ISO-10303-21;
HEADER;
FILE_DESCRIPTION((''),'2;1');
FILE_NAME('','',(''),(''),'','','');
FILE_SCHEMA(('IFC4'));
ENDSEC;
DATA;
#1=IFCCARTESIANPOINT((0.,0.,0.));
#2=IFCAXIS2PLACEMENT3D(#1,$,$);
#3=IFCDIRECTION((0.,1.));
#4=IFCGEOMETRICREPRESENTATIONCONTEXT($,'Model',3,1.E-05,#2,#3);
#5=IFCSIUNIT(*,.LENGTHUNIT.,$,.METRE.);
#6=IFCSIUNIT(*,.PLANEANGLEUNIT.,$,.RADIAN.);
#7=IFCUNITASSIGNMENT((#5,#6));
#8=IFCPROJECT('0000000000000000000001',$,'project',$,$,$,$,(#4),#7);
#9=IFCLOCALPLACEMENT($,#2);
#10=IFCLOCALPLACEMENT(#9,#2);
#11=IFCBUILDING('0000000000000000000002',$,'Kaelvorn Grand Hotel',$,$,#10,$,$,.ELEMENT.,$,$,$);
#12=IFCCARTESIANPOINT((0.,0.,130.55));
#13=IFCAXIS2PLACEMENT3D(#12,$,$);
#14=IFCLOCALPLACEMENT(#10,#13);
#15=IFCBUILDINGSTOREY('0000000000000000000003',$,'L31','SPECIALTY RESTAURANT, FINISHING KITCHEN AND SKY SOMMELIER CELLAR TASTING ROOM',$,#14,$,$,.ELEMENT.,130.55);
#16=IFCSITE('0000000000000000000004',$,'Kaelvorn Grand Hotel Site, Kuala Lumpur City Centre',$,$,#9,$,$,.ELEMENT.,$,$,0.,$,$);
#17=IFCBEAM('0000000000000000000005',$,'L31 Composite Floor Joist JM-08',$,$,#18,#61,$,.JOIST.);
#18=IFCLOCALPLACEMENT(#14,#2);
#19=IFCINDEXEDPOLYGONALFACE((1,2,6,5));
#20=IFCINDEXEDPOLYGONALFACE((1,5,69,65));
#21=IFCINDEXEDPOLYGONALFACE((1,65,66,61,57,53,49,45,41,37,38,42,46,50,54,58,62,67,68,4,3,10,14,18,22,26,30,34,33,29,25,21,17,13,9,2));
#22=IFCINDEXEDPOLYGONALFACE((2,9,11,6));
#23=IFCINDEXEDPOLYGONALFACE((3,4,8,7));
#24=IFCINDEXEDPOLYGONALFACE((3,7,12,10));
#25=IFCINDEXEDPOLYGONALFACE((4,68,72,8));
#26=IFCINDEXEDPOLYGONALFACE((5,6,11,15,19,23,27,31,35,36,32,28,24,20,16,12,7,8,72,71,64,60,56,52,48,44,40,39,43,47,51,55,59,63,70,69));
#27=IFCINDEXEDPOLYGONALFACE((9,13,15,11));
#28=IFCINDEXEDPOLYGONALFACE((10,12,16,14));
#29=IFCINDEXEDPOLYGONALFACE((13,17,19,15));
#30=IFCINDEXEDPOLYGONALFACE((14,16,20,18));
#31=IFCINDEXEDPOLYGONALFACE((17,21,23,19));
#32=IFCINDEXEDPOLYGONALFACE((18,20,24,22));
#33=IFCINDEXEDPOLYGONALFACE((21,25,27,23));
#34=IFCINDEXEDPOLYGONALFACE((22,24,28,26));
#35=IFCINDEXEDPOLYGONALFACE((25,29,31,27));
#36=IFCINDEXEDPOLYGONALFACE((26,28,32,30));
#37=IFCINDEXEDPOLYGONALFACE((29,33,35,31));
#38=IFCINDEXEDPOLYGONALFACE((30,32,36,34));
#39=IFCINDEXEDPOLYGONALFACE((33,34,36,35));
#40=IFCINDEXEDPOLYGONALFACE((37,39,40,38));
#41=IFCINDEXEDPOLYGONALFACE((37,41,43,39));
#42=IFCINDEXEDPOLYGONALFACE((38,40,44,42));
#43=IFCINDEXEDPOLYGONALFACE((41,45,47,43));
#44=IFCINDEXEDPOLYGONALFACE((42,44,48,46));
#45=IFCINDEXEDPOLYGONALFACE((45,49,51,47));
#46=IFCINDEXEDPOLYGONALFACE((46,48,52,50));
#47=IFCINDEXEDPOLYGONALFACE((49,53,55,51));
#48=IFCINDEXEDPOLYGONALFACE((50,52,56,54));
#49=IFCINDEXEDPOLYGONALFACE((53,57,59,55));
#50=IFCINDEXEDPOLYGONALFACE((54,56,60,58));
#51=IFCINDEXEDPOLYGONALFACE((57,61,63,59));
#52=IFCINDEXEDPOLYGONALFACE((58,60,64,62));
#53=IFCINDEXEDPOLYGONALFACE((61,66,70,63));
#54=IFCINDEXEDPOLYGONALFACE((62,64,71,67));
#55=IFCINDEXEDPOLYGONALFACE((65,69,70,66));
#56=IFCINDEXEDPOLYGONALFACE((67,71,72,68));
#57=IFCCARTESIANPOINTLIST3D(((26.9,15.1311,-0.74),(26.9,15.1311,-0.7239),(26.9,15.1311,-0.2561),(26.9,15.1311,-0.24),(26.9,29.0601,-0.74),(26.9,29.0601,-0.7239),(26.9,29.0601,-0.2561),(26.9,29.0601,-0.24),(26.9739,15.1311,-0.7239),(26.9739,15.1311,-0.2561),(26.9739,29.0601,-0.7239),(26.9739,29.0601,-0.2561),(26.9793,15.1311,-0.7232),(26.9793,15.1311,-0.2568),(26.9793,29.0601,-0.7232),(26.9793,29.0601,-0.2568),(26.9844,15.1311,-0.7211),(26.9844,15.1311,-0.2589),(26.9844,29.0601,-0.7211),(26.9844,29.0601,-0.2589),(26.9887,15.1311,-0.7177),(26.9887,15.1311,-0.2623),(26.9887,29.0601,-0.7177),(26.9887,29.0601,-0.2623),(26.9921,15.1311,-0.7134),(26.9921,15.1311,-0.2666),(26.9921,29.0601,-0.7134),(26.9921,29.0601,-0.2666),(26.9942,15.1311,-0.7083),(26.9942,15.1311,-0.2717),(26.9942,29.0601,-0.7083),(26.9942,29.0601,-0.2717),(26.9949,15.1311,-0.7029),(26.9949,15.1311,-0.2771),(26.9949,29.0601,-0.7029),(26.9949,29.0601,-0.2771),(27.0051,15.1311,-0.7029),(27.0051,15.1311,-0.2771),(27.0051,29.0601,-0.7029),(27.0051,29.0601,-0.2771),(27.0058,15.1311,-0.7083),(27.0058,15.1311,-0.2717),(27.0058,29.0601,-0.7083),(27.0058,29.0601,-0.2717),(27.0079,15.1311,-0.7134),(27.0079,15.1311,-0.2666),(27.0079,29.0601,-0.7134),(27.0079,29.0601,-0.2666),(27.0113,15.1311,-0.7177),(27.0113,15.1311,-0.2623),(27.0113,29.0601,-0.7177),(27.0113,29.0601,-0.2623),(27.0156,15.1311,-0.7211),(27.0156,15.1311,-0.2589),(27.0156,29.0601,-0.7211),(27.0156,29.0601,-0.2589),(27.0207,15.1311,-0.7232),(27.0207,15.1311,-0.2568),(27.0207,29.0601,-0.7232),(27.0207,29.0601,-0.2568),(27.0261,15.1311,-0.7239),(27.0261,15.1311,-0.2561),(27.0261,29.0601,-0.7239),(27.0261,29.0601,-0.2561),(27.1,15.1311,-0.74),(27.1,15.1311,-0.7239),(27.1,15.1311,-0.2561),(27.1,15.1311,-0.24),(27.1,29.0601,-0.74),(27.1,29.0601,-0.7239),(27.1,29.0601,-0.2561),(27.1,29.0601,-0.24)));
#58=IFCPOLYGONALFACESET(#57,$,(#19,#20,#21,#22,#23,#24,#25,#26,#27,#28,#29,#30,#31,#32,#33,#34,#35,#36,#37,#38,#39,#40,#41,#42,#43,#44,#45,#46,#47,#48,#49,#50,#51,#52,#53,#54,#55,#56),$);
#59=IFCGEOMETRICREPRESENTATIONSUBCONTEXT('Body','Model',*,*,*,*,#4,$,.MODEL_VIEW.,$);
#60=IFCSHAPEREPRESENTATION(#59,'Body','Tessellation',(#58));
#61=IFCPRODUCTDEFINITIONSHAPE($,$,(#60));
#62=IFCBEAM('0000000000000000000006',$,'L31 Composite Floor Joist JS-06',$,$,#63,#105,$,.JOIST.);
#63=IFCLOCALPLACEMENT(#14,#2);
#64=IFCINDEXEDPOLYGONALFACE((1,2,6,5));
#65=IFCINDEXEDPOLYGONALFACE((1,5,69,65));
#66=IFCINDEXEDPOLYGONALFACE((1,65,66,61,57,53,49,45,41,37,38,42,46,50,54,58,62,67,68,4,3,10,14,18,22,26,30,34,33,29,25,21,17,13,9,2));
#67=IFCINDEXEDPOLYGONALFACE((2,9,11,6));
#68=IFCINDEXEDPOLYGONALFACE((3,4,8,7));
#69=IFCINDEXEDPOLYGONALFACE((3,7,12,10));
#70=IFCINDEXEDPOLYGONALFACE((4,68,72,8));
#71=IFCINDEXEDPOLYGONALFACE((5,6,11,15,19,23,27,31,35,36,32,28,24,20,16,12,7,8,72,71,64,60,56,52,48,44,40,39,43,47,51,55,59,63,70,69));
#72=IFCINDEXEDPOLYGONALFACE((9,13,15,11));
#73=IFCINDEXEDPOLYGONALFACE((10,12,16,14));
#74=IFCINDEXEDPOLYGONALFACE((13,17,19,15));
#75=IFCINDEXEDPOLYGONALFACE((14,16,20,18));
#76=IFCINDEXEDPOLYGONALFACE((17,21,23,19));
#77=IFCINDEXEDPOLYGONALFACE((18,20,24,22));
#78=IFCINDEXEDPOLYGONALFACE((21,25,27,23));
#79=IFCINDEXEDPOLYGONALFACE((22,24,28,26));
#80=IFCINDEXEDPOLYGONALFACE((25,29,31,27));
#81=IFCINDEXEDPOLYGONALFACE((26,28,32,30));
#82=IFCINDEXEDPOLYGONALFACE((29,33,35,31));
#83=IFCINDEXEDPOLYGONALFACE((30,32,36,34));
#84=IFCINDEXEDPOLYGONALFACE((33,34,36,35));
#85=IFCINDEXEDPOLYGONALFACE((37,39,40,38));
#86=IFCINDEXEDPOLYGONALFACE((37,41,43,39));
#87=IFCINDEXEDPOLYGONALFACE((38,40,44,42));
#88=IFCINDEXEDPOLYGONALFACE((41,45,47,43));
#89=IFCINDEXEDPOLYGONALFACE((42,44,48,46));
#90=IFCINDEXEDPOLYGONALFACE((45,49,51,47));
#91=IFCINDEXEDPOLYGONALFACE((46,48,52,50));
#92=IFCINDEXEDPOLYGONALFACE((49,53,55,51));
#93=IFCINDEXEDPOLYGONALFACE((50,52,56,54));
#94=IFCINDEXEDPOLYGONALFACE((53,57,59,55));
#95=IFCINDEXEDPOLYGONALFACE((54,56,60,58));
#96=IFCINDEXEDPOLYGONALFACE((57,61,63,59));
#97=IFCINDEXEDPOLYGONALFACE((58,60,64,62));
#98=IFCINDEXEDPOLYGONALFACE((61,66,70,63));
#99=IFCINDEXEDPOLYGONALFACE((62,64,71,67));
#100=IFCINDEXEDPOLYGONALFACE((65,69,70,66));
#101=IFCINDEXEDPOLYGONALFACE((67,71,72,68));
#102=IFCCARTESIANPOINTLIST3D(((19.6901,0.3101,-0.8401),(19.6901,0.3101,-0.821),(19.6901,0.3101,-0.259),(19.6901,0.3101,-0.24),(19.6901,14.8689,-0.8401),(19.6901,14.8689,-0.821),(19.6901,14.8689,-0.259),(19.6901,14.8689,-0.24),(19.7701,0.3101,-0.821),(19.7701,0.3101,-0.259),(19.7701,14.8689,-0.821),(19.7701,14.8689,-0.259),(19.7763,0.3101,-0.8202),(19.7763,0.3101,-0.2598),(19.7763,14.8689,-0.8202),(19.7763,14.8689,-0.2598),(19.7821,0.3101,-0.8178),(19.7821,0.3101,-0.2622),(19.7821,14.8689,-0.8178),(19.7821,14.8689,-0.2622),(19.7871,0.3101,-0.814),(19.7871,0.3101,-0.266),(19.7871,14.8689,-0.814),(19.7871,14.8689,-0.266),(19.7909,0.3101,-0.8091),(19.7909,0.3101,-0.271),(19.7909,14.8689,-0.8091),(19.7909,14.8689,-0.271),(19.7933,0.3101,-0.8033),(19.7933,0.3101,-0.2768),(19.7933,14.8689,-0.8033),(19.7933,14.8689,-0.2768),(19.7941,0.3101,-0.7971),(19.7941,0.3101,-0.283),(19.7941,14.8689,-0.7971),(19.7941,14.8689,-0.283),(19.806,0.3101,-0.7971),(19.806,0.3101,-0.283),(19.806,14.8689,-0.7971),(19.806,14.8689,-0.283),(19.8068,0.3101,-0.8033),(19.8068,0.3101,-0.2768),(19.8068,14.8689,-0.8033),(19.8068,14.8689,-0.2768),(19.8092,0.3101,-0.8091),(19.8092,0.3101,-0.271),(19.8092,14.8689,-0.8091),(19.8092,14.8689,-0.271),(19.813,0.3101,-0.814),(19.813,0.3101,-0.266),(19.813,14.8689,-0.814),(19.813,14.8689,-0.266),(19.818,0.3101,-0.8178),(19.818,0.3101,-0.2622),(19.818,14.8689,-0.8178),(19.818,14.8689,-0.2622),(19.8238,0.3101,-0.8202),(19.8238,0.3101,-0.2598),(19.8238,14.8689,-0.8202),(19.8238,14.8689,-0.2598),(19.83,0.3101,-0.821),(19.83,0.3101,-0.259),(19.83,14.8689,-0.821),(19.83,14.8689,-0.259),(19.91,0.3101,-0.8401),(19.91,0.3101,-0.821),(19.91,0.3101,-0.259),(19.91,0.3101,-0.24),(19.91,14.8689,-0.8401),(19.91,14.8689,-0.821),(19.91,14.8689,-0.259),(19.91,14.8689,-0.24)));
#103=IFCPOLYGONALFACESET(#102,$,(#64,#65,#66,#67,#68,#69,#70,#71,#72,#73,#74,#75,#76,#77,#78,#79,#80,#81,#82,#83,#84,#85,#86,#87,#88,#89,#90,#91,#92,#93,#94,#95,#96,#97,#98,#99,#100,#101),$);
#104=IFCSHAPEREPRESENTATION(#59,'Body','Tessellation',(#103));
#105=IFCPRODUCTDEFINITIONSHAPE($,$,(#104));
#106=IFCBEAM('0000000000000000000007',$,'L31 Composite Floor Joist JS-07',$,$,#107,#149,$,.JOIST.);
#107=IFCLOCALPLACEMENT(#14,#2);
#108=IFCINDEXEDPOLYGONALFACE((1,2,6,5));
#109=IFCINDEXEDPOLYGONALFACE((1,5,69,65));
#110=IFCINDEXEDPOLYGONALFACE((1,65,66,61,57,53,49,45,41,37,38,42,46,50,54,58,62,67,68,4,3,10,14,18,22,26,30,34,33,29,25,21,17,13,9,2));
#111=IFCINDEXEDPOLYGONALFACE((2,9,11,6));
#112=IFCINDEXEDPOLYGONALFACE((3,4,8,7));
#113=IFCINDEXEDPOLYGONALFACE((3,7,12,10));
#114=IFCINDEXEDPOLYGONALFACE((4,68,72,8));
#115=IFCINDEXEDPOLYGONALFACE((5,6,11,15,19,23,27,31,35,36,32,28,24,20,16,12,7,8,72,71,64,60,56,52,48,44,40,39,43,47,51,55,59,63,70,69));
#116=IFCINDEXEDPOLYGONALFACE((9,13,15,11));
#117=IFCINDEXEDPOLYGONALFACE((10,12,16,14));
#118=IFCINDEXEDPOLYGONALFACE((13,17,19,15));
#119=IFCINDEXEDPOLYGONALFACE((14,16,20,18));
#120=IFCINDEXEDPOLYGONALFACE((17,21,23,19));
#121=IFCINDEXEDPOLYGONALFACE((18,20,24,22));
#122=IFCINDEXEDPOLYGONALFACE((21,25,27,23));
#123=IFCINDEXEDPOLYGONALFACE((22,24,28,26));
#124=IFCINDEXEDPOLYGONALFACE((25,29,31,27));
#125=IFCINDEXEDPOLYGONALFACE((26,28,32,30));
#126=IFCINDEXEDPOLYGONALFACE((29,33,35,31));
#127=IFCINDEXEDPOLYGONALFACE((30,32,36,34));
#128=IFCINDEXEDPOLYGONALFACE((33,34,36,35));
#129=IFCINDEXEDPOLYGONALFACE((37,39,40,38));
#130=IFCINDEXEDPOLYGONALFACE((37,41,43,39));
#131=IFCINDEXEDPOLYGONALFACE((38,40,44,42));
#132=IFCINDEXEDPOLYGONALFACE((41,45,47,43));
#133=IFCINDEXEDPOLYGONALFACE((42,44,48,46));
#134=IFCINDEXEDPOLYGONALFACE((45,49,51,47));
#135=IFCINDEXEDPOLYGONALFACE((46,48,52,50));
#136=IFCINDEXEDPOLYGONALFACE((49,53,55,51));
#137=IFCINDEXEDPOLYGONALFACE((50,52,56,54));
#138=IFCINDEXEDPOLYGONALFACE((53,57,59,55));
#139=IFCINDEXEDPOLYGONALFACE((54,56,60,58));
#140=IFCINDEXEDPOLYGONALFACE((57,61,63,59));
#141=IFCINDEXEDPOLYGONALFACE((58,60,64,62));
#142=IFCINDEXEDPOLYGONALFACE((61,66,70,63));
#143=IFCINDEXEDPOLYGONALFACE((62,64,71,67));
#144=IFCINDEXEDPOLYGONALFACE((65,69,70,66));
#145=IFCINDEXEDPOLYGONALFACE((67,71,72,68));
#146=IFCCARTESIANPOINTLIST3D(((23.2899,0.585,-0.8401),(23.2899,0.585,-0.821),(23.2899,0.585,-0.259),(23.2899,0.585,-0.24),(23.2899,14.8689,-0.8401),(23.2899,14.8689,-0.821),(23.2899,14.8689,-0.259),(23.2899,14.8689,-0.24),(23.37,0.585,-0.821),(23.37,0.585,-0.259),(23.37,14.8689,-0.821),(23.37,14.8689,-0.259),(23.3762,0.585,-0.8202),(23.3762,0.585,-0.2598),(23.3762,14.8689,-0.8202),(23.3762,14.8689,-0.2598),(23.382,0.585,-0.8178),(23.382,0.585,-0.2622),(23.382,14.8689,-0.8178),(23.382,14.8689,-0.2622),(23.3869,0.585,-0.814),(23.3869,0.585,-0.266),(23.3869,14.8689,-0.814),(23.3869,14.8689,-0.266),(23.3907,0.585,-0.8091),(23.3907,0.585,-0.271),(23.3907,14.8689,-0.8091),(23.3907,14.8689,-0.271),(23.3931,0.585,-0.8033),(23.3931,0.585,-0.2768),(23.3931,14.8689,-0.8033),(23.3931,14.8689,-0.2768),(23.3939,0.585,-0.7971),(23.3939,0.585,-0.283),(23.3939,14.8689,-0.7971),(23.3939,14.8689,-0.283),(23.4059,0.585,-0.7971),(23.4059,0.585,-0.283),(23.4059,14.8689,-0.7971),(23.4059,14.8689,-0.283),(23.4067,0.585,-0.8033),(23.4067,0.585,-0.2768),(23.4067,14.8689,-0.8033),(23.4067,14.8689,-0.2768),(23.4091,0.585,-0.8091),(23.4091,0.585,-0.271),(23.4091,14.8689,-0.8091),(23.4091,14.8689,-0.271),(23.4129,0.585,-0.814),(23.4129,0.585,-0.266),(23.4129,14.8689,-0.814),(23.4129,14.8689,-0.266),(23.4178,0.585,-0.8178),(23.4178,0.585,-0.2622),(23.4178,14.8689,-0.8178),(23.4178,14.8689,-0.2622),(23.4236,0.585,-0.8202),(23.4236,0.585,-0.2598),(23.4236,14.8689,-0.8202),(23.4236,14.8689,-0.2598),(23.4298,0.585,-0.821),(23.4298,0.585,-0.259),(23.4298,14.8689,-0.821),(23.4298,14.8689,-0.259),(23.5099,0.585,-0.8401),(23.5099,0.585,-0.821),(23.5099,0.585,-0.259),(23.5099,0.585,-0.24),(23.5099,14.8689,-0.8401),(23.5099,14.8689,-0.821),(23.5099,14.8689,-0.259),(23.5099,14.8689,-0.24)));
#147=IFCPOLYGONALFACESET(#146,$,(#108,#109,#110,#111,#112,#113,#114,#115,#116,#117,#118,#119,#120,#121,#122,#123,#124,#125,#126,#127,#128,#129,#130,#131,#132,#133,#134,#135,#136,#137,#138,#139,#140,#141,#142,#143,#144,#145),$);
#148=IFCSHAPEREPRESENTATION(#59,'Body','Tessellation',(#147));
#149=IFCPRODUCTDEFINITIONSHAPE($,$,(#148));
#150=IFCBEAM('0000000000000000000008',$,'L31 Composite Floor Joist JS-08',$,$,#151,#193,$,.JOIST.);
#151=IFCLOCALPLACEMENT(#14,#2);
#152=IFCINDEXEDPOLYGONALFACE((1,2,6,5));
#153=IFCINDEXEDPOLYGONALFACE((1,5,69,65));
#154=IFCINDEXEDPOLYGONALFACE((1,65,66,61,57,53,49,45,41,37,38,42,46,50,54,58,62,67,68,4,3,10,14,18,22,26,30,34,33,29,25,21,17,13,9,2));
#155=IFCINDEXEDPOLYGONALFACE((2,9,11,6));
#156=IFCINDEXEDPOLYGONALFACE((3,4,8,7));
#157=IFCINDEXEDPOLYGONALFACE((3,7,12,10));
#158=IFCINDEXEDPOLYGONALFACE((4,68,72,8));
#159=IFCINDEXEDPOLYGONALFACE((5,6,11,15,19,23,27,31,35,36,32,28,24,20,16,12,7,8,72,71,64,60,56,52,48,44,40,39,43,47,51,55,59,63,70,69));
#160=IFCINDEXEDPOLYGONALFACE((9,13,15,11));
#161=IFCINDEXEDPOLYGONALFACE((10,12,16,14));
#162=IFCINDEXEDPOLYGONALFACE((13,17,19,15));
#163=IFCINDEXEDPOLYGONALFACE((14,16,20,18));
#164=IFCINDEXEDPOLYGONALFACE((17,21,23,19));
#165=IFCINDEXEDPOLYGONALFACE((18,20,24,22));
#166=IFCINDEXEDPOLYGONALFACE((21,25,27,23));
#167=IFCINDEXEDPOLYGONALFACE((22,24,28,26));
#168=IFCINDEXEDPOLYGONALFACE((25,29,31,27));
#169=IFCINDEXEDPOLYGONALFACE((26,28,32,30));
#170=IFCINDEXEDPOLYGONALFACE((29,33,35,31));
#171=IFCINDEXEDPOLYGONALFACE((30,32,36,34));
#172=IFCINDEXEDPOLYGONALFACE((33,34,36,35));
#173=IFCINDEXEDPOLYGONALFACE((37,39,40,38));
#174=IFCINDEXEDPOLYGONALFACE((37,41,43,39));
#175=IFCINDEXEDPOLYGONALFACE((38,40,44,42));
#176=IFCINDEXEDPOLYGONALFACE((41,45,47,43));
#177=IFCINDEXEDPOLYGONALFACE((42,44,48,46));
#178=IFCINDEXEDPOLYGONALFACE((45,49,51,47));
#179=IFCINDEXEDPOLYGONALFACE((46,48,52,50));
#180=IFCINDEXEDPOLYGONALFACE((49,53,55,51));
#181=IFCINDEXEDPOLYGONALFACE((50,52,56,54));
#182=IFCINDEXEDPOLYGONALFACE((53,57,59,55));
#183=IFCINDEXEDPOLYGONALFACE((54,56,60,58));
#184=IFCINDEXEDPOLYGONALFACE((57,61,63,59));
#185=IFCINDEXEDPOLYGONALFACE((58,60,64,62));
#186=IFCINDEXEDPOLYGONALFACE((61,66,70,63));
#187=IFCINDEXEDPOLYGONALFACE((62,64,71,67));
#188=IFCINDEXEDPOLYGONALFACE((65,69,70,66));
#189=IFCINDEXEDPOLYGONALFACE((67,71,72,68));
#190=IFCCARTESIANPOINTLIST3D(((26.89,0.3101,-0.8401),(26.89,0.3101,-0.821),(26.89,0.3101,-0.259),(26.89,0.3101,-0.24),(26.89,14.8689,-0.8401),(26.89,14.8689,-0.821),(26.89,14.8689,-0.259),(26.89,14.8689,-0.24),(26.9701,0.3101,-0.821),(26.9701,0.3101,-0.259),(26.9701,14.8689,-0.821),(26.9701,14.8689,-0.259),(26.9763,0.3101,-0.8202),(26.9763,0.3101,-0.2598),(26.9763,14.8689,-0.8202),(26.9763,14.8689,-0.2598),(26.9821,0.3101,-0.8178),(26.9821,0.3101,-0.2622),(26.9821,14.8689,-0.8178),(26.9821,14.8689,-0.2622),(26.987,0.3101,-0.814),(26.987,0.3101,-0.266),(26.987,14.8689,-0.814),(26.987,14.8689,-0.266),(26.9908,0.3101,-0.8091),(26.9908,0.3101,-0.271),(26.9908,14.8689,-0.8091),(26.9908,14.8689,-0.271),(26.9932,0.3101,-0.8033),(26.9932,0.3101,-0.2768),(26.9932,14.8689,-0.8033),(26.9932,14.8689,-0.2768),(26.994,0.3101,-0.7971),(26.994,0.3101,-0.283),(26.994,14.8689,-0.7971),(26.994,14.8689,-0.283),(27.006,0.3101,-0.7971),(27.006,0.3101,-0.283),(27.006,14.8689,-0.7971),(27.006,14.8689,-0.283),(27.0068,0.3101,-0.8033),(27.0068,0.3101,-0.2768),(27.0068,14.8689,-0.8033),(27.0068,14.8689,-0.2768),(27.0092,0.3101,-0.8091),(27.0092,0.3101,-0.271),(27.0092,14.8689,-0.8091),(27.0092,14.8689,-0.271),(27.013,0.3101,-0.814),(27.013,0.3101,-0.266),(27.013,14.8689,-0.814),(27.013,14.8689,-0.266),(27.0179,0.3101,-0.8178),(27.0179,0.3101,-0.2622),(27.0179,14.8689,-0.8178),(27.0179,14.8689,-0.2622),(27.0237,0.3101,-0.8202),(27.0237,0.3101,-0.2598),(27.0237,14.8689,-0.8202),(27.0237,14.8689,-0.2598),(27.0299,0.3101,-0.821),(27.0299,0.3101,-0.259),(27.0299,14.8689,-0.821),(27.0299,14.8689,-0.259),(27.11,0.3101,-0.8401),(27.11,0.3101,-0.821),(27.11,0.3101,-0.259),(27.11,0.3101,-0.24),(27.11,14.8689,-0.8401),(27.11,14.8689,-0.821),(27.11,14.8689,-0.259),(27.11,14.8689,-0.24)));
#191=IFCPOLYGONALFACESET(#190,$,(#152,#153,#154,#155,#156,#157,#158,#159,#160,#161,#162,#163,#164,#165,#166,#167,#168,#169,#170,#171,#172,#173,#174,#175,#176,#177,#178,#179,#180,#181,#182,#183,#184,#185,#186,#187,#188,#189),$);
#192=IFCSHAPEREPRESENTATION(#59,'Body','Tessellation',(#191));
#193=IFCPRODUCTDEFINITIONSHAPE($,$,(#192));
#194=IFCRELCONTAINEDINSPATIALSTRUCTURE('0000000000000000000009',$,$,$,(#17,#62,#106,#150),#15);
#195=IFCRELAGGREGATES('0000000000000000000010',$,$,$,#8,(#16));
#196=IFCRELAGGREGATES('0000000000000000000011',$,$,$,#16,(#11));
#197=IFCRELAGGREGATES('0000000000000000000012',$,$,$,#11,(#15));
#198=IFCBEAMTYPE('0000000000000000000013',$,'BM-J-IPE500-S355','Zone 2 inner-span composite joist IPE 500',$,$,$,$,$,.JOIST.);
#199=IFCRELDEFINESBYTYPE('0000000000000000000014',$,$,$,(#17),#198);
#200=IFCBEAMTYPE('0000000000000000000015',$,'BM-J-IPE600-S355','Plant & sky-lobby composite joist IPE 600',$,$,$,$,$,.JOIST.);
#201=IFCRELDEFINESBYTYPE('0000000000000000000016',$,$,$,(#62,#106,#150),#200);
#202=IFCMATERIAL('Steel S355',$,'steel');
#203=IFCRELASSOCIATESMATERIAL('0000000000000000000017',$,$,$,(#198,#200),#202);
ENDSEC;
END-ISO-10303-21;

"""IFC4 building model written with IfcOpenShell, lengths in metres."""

from ifc_helpers import new_model, si_unit, direction, frame, origin, origin_2d, place, context, subcontext, project, spatial, i_section, extrude, material, material_profile, profile_set, type_object, element, save


model = new_model("IFC4")

# Units and contexts
model_context = context("Model", 3, precision=1e-05, world=origin(), true_north=direction((0.0, 1.0)))
body_context = subcontext(model_context, "Body", "Model", "MODEL_VIEW")
ifc_project = project(units=[si_unit("LENGTHUNIT", "METRE"), si_unit("PLANEANGLEUNIT", "RADIAN")], contexts=[model_context])

# Site, building, storey
site_placement = place(None, origin())
site = spatial("IfcSite", under=ifc_project, at=site_placement, Name="Kaelvorn Grand Hotel Site, Kuala Lumpur City Centre", CompositionType="ELEMENT", RefElevation=0.0)
building_placement = place(site_placement, origin())
building = spatial("IfcBuilding", under=site, at=building_placement, Name="Kaelvorn Grand Hotel", CompositionType="ELEMENT")
storey_placement = place(building_placement, frame((0.0, 0.0, 130.55)))
storey = spatial("IfcBuildingStorey", under=building, at=storey_placement, Name="L31", Description="SPECIALTY RESTAURANT, FINISHING KITCHEN AND SKY SOMMELIER CELLAR TASTING ROOM", CompositionType="ELEMENT", Elevation=130.55)

# Beams
ifc_material_1 = material(Name="Steel S355", Category="steel")
ifc_material_profile_1 = material_profile(ifc_material_1, i_section(OverallWidth=0.2, OverallDepth=0.5, WebThickness=0.0103, FlangeThickness=0.0161, FilletRadius=0.021, at=origin_2d()), Name="IPE 500")
ifc_profile_set_1 = profile_set([ifc_material_profile_1], Name="Steel S355")
beam_type_1 = type_object("IfcBeamType", Name="BM-J-IPE500-S355", Description="Zone 2 inner-span composite joist IPE 500", PredefinedType="JOIST", material=ifc_profile_set_1)
beam_1_placement = place(storey_placement, frame((27.0, 15.1311, -0.49), z_axis=(0.0, 1.0, 0.0), x_axis=(-1.0, 0.0, 0.0)))
element("IfcBeam", 1, at=beam_1_placement, inside=storey, type_object=beam_type_1, Name="L31 Composite Floor Joist JM-08", PredefinedType="JOIST", context=body_context, shape_type="SweptSolid", body=[
    extrude(i_section(OverallWidth=0.2, OverallDepth=0.5, WebThickness=0.0103, FlangeThickness=0.0161, FilletRadius=0.021, at=origin_2d()), origin(), (0.0, 0.0, 1.0), 13.929),
])
ifc_material_profile_2 = material_profile(ifc_material_1, i_section(OverallWidth=0.22, OverallDepth=0.6001, WebThickness=0.012, FlangeThickness=0.019, FilletRadius=0.0239, at=origin_2d()), Name="IPE 600")
ifc_profile_set_2 = profile_set([ifc_material_profile_2], Name="Steel S355")
beam_type_2 = type_object("IfcBeamType", Name="BM-J-IPE600-S355", Description="Plant & sky-lobby composite joist IPE 600", PredefinedType="JOIST", material=ifc_profile_set_2)
beam_2_placement = place(storey_placement, frame((19.8, 0.3101, -0.54), z_axis=(0.0, 1.0, 0.0), x_axis=(-1.0, 0.0, 0.0)))
element("IfcBeam", 2, at=beam_2_placement, inside=storey, type_object=beam_type_2, Name="L31 Composite Floor Joist JS-06", PredefinedType="JOIST", context=body_context, shape_type="SweptSolid", body=[
    extrude(i_section(OverallWidth=0.22, OverallDepth=0.6001, WebThickness=0.012, FlangeThickness=0.019, FilletRadius=0.0239, at=origin_2d()), origin(), (0.0, 0.0, 1.0), 14.5588),
])
beam_3_placement = place(storey_placement, frame((23.3999, 0.585, -0.54), z_axis=(0.0, 1.0, 0.0), x_axis=(-1.0, 0.0, 0.0)))
element("IfcBeam", 3, at=beam_3_placement, inside=storey, type_object=beam_type_2, Name="L31 Composite Floor Joist JS-07", PredefinedType="JOIST", context=body_context, shape_type="SweptSolid", body=[
    extrude(i_section(OverallWidth=0.22, OverallDepth=0.6001, WebThickness=0.012, FlangeThickness=0.019, FilletRadius=0.0239, at=origin_2d()), origin(), (0.0, 0.0, 1.0), 14.2839),
])
beam_4_placement = place(storey_placement, frame((27.0, 0.3101, -0.54), z_axis=(0.0, 1.0, 0.0), x_axis=(-1.0, 0.0, 0.0)))
element("IfcBeam", 4, at=beam_4_placement, inside=storey, type_object=beam_type_2, Name="L31 Composite Floor Joist JS-08", PredefinedType="JOIST", context=body_context, shape_type="SweptSolid", body=[
    extrude(i_section(OverallWidth=0.22, OverallDepth=0.6001, WebThickness=0.012, FlangeThickness=0.019, FilletRadius=0.0239, at=origin_2d()), origin(), (0.0, 0.0, 1.0), 14.5588),
])

save(model, "model.ifc")
